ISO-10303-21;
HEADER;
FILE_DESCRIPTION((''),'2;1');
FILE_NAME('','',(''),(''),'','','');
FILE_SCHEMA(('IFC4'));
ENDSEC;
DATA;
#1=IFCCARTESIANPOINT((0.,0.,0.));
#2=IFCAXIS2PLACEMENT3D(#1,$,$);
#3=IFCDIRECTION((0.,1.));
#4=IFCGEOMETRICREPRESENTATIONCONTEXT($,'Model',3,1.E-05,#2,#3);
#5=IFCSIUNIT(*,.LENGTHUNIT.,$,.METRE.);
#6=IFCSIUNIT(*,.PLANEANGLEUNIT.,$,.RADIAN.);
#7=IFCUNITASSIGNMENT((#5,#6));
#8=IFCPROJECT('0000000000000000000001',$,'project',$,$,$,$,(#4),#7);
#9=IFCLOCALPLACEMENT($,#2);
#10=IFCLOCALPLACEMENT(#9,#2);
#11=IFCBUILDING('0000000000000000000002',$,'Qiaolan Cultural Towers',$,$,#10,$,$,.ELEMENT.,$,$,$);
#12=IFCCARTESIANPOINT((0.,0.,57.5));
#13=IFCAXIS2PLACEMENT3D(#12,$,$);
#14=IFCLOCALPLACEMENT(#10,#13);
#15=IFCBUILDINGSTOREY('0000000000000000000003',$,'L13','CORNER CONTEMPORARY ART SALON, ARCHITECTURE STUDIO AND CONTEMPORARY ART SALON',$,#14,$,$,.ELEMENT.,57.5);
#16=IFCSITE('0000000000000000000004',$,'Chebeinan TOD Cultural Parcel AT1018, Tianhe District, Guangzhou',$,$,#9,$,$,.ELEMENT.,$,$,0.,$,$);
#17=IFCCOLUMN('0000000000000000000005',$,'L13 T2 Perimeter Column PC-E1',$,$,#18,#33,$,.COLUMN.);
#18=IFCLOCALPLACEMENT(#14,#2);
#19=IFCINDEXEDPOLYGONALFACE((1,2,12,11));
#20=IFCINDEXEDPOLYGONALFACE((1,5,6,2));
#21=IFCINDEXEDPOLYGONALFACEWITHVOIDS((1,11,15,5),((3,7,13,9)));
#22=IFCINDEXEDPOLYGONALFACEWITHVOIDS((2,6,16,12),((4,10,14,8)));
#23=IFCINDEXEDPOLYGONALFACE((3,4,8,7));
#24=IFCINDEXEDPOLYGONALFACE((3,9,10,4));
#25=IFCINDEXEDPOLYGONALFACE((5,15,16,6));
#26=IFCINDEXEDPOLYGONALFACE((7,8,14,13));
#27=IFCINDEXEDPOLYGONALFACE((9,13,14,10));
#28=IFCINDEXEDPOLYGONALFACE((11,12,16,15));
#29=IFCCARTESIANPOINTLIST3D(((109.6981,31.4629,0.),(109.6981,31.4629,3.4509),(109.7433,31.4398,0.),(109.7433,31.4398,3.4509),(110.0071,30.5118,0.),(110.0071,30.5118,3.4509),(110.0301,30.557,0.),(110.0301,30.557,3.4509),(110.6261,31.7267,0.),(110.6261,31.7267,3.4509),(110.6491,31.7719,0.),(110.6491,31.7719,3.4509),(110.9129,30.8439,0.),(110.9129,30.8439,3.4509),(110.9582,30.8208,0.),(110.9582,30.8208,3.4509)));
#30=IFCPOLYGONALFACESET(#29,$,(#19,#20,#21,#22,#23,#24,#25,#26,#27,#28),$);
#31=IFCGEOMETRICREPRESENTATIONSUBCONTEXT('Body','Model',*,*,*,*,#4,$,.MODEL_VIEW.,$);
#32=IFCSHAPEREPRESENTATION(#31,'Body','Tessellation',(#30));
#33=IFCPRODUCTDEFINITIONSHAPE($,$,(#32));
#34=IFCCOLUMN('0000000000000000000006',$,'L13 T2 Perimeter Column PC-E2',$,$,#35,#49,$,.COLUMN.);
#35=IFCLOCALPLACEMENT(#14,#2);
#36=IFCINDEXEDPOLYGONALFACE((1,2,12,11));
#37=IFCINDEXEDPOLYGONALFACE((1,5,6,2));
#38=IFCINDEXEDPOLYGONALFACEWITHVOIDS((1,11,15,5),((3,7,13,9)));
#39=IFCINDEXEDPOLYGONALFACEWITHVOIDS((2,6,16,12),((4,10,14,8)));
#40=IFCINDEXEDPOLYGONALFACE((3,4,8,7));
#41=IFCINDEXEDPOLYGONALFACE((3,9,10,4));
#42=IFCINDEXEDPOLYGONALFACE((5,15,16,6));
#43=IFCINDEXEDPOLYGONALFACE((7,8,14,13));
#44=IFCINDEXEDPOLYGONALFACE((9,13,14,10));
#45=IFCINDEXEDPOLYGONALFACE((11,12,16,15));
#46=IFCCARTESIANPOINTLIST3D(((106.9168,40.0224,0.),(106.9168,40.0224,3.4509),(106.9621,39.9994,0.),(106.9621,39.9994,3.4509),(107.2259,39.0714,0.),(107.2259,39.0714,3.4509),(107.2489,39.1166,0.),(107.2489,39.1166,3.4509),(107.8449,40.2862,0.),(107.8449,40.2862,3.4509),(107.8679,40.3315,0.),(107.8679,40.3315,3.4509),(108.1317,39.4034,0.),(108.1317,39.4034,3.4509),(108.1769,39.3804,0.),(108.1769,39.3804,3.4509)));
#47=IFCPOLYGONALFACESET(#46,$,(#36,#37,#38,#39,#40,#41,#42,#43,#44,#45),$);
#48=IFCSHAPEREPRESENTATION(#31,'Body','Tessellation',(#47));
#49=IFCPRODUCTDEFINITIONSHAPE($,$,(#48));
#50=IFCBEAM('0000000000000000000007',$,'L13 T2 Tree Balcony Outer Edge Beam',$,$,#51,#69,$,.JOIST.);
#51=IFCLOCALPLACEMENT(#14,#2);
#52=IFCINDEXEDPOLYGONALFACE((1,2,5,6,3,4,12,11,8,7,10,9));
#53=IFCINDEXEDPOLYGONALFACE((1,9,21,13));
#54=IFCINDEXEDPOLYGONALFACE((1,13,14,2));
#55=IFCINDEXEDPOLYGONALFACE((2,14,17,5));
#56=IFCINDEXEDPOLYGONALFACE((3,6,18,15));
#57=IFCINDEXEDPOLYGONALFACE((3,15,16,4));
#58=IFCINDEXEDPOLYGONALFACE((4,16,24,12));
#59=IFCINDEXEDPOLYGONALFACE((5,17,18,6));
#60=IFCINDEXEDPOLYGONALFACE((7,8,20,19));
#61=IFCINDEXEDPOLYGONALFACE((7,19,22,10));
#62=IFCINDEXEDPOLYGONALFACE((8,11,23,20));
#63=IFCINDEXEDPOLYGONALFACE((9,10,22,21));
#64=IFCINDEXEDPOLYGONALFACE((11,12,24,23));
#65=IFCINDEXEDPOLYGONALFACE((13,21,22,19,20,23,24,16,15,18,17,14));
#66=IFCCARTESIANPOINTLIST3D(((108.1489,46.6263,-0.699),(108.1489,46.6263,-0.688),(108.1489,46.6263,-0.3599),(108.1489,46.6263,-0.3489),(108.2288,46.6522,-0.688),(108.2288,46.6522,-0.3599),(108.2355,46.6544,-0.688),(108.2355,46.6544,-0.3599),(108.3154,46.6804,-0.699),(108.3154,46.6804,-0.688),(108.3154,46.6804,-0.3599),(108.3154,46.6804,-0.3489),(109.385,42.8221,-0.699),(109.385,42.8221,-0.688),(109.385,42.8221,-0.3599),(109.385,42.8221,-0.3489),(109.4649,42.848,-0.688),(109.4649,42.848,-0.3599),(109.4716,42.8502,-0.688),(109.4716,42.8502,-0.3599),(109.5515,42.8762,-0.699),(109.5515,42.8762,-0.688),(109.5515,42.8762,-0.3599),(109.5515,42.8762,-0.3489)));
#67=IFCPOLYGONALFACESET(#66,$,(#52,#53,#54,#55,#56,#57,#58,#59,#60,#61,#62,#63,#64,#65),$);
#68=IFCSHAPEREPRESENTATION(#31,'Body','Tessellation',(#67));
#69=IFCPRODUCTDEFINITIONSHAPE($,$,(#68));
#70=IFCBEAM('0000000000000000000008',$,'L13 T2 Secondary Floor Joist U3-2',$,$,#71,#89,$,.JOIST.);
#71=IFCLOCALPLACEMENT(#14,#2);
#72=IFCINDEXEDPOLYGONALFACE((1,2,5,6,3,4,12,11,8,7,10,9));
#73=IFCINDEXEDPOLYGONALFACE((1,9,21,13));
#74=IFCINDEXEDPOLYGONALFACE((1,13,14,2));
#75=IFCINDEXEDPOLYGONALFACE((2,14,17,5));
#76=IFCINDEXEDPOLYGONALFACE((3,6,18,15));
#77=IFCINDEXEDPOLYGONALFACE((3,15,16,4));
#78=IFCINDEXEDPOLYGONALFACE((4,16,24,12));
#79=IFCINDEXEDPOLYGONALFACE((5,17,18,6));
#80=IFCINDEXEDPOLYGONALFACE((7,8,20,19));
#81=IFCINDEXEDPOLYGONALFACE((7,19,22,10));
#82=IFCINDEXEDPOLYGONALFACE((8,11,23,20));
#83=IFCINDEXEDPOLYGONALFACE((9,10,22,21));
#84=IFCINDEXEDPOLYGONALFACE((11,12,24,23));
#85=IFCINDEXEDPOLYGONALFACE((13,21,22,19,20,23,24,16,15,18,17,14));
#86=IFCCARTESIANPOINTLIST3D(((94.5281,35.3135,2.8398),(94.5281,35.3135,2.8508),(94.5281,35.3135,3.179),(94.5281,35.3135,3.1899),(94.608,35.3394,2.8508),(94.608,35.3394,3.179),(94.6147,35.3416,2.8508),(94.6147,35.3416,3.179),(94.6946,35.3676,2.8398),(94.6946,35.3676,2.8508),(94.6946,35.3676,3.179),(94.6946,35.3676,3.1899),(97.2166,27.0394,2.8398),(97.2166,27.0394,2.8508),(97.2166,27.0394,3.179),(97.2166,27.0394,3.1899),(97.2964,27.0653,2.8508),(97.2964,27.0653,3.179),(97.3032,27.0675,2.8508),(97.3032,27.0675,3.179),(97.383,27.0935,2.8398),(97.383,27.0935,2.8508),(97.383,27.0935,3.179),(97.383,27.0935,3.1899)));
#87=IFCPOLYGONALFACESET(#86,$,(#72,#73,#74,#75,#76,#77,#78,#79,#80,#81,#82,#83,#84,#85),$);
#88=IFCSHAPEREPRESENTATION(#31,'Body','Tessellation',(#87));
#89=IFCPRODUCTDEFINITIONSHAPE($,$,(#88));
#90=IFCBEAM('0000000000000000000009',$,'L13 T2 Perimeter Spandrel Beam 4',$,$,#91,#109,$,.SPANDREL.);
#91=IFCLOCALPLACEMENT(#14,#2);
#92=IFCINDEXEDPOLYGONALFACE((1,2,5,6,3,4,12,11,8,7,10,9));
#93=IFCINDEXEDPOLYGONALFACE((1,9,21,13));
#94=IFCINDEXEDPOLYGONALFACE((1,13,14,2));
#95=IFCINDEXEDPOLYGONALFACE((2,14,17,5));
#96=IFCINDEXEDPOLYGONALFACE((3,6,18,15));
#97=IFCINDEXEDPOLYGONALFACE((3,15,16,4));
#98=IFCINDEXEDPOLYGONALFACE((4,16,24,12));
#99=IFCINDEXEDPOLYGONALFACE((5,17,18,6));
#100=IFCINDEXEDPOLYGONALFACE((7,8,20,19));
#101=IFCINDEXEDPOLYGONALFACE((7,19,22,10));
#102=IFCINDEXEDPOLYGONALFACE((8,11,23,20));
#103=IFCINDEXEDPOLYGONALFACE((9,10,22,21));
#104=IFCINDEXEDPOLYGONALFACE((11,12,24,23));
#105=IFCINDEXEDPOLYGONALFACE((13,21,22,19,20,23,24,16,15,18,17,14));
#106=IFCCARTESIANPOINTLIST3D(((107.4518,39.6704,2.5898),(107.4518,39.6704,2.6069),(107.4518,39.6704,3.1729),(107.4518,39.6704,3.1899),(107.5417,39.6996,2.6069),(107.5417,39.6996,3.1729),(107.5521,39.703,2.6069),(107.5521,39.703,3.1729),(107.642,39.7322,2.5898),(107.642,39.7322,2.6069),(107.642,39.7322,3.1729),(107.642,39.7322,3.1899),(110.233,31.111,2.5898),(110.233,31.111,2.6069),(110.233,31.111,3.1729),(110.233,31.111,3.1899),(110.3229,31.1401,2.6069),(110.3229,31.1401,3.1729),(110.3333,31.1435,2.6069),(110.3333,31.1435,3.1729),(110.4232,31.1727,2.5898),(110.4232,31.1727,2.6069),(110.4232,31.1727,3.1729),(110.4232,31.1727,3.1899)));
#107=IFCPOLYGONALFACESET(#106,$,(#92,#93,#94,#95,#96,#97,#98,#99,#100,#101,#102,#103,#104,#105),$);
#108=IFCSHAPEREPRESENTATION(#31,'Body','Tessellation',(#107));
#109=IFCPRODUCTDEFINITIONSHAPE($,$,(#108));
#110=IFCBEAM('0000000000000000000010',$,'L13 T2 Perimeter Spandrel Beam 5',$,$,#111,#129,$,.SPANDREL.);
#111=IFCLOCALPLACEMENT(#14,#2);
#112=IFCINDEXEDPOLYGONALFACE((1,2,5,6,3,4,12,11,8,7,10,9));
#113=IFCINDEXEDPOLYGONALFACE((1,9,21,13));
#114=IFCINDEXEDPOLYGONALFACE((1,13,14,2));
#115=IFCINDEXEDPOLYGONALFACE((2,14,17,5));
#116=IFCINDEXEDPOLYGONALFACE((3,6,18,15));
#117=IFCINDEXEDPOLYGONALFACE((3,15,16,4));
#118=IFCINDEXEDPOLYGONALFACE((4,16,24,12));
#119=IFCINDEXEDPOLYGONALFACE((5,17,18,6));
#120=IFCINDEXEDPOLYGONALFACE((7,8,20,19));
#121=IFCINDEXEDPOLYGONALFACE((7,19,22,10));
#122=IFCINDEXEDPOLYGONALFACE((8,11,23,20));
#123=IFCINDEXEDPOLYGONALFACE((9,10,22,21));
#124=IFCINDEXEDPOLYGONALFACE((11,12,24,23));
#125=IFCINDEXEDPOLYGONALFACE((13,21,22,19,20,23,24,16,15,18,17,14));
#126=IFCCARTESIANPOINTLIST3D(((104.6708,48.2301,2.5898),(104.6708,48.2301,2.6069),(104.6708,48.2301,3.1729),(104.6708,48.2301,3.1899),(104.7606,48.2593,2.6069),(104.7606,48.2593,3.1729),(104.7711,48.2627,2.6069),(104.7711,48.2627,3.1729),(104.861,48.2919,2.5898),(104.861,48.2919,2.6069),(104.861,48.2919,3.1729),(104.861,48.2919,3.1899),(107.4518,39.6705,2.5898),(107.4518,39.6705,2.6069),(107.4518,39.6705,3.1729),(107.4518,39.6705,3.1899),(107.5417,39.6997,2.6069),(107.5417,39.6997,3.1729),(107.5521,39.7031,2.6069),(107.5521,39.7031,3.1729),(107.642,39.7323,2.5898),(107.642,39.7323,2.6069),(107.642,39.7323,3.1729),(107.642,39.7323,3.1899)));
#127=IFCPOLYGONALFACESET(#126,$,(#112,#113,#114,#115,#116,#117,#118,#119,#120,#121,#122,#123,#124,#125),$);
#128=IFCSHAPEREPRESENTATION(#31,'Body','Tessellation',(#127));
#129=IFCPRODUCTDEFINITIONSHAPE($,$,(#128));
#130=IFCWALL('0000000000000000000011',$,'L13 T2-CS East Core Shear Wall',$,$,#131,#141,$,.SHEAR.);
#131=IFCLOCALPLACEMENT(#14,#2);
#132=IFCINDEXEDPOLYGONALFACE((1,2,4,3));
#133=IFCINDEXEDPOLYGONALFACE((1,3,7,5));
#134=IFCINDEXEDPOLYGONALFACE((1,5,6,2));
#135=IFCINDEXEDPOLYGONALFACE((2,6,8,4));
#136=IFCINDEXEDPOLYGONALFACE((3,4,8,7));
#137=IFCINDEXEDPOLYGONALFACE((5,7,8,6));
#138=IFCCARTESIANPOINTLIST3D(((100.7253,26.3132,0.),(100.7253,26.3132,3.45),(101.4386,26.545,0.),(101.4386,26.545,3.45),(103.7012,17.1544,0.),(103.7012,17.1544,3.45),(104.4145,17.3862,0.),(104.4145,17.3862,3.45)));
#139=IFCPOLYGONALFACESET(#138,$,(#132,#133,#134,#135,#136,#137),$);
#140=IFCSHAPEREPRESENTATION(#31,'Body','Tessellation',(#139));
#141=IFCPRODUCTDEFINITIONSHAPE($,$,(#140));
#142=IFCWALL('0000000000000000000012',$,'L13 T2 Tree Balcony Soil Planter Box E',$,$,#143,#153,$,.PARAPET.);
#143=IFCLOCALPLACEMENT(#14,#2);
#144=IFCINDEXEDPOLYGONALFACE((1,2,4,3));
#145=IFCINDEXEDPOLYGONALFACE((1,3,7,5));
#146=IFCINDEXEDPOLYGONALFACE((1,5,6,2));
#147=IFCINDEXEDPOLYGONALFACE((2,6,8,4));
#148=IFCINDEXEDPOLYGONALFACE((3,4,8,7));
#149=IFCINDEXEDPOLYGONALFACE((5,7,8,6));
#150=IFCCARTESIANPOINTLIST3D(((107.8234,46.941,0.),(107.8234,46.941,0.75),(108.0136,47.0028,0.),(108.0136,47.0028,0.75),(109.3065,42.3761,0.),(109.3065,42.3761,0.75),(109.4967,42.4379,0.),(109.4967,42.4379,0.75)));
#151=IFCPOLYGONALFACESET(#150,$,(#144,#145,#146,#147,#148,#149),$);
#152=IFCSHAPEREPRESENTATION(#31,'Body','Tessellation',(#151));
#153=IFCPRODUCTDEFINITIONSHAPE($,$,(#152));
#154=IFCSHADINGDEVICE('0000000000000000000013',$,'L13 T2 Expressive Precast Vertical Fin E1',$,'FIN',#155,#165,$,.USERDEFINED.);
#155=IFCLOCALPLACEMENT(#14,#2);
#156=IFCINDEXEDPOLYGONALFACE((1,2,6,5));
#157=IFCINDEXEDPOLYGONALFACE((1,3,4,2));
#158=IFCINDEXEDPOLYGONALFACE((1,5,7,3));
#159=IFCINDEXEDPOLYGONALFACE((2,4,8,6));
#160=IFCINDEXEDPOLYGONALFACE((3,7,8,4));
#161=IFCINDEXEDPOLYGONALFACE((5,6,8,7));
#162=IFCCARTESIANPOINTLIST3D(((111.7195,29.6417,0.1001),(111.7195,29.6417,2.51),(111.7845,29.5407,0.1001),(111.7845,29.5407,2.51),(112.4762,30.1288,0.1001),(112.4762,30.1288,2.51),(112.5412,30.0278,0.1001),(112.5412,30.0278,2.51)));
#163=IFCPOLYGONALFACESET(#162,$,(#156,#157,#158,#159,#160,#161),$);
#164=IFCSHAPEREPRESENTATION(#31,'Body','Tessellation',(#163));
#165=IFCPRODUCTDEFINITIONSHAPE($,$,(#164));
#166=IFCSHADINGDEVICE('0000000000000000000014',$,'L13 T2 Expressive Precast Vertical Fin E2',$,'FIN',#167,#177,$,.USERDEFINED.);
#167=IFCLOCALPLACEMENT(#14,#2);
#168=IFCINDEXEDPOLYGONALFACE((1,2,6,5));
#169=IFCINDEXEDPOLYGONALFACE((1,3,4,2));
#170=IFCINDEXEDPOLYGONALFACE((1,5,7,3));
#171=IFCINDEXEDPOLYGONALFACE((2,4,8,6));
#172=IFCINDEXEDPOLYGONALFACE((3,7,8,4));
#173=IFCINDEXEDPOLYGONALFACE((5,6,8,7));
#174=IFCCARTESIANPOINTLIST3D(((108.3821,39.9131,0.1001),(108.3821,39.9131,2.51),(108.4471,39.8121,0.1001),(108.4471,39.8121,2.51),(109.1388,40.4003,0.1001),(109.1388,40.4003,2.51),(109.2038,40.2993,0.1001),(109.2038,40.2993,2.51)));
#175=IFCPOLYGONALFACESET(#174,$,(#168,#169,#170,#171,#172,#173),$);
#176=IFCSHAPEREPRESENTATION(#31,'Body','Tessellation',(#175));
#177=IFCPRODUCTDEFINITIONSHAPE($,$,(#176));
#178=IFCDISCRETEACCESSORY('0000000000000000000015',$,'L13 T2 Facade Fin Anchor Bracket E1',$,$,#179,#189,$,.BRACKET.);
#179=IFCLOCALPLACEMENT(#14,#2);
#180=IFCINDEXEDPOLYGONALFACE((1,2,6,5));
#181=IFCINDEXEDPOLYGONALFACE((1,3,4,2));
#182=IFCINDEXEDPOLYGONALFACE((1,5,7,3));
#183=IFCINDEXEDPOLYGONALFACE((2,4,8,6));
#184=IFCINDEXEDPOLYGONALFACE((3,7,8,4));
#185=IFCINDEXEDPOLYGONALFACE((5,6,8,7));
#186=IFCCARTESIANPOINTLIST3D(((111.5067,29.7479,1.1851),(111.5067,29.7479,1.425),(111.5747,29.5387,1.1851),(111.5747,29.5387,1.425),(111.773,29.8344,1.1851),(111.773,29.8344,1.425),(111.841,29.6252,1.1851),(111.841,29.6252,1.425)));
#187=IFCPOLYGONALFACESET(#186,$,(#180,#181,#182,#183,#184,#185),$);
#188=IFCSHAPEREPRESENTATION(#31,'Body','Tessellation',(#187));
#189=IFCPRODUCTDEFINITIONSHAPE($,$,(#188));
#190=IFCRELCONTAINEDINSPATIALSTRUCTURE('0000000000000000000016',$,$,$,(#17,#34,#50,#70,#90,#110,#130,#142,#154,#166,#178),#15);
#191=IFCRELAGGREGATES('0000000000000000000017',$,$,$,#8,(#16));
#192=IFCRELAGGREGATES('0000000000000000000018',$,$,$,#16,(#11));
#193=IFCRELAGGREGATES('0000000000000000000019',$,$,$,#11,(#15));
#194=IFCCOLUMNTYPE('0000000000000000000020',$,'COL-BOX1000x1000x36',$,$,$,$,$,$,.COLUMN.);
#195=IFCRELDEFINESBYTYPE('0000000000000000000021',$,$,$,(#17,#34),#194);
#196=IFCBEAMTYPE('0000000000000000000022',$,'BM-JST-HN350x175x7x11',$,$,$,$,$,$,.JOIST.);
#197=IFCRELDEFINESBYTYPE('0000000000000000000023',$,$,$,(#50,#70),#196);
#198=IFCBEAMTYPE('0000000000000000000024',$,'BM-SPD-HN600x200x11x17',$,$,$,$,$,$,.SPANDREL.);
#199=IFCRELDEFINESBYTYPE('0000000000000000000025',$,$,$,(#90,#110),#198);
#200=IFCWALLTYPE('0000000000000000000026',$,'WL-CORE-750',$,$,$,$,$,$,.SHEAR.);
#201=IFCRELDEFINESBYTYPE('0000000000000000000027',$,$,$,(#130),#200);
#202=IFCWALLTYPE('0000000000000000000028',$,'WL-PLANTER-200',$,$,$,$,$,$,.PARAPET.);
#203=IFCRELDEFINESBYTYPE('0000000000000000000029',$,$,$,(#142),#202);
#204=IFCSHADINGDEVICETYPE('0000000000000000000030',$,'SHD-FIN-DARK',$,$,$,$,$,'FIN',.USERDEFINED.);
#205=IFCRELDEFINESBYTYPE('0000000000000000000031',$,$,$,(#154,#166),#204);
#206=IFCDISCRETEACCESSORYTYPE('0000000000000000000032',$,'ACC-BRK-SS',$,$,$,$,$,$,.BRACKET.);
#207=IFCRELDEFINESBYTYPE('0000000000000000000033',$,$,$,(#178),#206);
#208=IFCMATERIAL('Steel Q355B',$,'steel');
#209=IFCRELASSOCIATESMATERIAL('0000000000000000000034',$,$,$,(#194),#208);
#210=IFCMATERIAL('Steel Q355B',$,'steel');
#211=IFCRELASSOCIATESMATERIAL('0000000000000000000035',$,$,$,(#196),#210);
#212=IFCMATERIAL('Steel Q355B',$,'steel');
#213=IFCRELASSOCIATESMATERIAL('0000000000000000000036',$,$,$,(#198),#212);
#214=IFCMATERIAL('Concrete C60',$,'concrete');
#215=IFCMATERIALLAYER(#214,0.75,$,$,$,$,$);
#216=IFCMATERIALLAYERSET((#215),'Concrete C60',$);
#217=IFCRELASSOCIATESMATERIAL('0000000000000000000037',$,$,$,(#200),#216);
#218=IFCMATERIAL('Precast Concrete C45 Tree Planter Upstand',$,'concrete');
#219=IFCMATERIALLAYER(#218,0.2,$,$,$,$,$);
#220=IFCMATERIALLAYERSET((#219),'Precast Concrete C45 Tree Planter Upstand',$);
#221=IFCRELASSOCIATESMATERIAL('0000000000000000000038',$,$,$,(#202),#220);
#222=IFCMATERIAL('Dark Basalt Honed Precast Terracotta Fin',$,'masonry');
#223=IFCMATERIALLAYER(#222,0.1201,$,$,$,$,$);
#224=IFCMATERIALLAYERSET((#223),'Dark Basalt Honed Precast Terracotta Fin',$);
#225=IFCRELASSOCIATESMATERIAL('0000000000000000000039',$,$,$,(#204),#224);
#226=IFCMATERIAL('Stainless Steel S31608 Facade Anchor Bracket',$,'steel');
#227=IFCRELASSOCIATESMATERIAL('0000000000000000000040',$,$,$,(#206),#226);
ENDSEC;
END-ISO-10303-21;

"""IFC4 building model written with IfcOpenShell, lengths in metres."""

from ifc_helpers import new_model, si_unit, direction, frame, frame_2d, origin, origin_2d, place, context, subcontext, project, spatial, rectangle, hollow_rectangle, i_section, extrude, material, layer, layer_set, material_profile, profile_set, type_object, element, save


model = new_model("IFC4")

# Units and contexts
model_context = context("Model", 3, precision=1e-05, world=origin(), true_north=direction((0.0, 1.0)))
body_context = subcontext(model_context, "Body", "Model", "MODEL_VIEW")
ifc_project = project(units=[si_unit("LENGTHUNIT", "METRE"), si_unit("PLANEANGLEUNIT", "RADIAN")], contexts=[model_context])

# Site, building, storey
site_placement = place(None, origin())
site = spatial("IfcSite", under=ifc_project, at=site_placement, Name="Chebeinan TOD Cultural Parcel AT1018, Tianhe District, Guangzhou", CompositionType="ELEMENT", RefElevation=0.0)
building_placement = place(site_placement, origin())
building = spatial("IfcBuilding", under=site, at=building_placement, Name="Qiaolan Cultural Towers", CompositionType="ELEMENT")
storey_placement = place(building_placement, frame((0.0, 0.0, 57.5)))
storey = spatial("IfcBuildingStorey", under=building, at=storey_placement, Name="L13", Description="CORNER CONTEMPORARY ART SALON, ARCHITECTURE STUDIO AND CONTEMPORARY ART SALON", CompositionType="ELEMENT", Elevation=57.5)

# Columns
ifc_material_1 = material(Name="Steel Q355B", Category="steel")
ifc_material_profile_1 = material_profile(ifc_material_1, hollow_rectangle(XDim=1.0, YDim=1.0, WallThickness=0.0359, at=origin_2d()), Name="BOX1000x1000x36")
ifc_profile_set_1 = profile_set([ifc_material_profile_1], Name="Steel Q355B")
column_type = type_object("IfcColumnType", Name="COL-BOX1000x1000x36", PredefinedType="COLUMN", material=ifc_profile_set_1)
for number, where, z_axis, x_axis, name in (
    (1, (110.3281, 31.1418, 0.0), (0.0, 0.0, 1.0), (0.951057, 0.309017, 0.0), "L13 T2 Perimeter Column PC-E1"),
    (2, (107.5469, 39.7014, 0.0), (0.0, 0.0, 1.0), (0.951057, 0.309017, 0.0), "L13 T2 Perimeter Column PC-E2"),
):
    element("IfcColumn", number, at=place(storey_placement, frame(where, z_axis=z_axis, x_axis=x_axis)), inside=storey, type_object=column_type, Name=name, PredefinedType="COLUMN", context=body_context, shape_type="SweptSolid", body=[
        extrude(hollow_rectangle(XDim=1.0, YDim=1.0, WallThickness=0.0359, at=origin_2d()), origin(), (0.0, 0.0, 1.0), 3.4509),
    ])

# Beams
ifc_material_2 = material(Name="Steel Q355B", Category="steel")
ifc_material_profile_2 = material_profile(ifc_material_2, i_section(OverallWidth=0.175, OverallDepth=0.3501, WebThickness=0.0071, FlangeThickness=0.011, at=origin_2d()), Name="HN350x175x7x11")
ifc_profile_set_2 = profile_set([ifc_material_profile_2], Name="Steel Q355B")
beam_type_1 = type_object("IfcBeamType", Name="BM-JST-HN350x175x7x11", PredefinedType="JOIST", material=ifc_profile_set_2)
beam_1_placement = place(storey_placement, frame((109.4683, 42.8491, -0.5239), z_axis=(-0.309023, 0.951055, 0.0), x_axis=(-0.951055, -0.309023, 0.0)))
element("IfcBeam", 3, at=beam_1_placement, inside=storey, type_object=beam_type_1, Name="L13 T2 Tree Balcony Outer Edge Beam", PredefinedType="JOIST", context=body_context, shape_type="SweptSolid", body=[
    extrude(i_section(OverallWidth=0.175, OverallDepth=0.3501, WebThickness=0.0071, FlangeThickness=0.011, at=origin_2d()), origin(), (0.0, 0.0, 1.0), 4.0),
])
beam_2_placement = place(storey_placement, frame((97.2998, 27.0664, 3.0149), z_axis=(-0.309021, 0.951055, 0.0), x_axis=(-0.951055, -0.309021, 0.0)))
element("IfcBeam", 4, at=beam_2_placement, inside=storey, type_object=beam_type_1, Name="L13 T2 Secondary Floor Joist U3-2", PredefinedType="JOIST", context=body_context, shape_type="SweptSolid", body=[
    extrude(i_section(OverallWidth=0.175, OverallDepth=0.3501, WebThickness=0.0071, FlangeThickness=0.011, at=origin_2d()), origin(), (0.0, 0.0, 1.0), 8.7),
])
ifc_material_3 = material(Name="Steel Q355B", Category="steel")
ifc_material_profile_3 = material_profile(ifc_material_3, i_section(OverallWidth=0.2, OverallDepth=0.6001, WebThickness=0.011, FlangeThickness=0.0171, at=origin_2d()), Name="HN600x200x11x17")
ifc_profile_set_3 = profile_set([ifc_material_profile_3], Name="Steel Q355B")
beam_type_2 = type_object("IfcBeamType", Name="BM-SPD-HN600x200x11x17", PredefinedType="SPANDREL", material=ifc_profile_set_3)
for number, where, z_axis, x_axis, name in (
    (5, (110.3281, 31.1418, 2.8899), (-0.309025, 0.951054, 0.0), (-0.951054, -0.309025, 0.0), "L13 T2 Perimeter Spandrel Beam 4"),
    (6, (107.5469, 39.7014, 2.8899), (-0.309, 0.951062, 0.0), (-0.951062, -0.309, 0.0), "L13 T2 Perimeter Spandrel Beam 5"),
):
    element("IfcBeam", number, at=place(storey_placement, frame(where, z_axis=z_axis, x_axis=x_axis)), inside=storey, type_object=beam_type_2, Name=name, PredefinedType="SPANDREL", context=body_context, shape_type="SweptSolid", body=[
        extrude(i_section(OverallWidth=0.2, OverallDepth=0.6001, WebThickness=0.011, FlangeThickness=0.0171, at=origin_2d()), origin(), (0.0, 0.0, 1.0), 9.0),
    ])

# Walls
ifc_material_4 = material(Name="Concrete C60", Category="concrete")
ifc_layer_1 = layer(ifc_material_4, 0.75)
ifc_layer_set_1 = layer_set([ifc_layer_1], Name="Concrete C60")
wall_type_1 = type_object("IfcWallType", Name="WL-CORE-750", PredefinedType="SHEAR", material=ifc_layer_set_1)
wall_1_placement = place(storey_placement, frame((101.082, 26.429, 0.0), z_axis=(0.0, 0.0, 1.0), x_axis=(0.309016, -0.951057, 0.0)))
element("IfcWall", 7, at=wall_1_placement, inside=storey, type_object=wall_type_1, Name="L13 T2-CS East Core Shear Wall", PredefinedType="SHEAR", context=body_context, shape_type="SweptSolid", body=[
    extrude(rectangle(XDim=9.6301, YDim=0.75, at=frame_2d((4.8149, 0.0))), origin(), (0.0, 0.0, 1.0), 3.45),
])
ifc_material_5 = material(Name="Precast Concrete C45 Tree Planter Upstand", Category="concrete")
ifc_layer_2 = layer(ifc_material_5, 0.2)
ifc_layer_set_2 = layer_set([ifc_layer_2], Name="Precast Concrete C45 Tree Planter Upstand")
wall_type_2 = type_object("IfcWallType", Name="WL-PLANTER-200", PredefinedType="PARAPET", material=ifc_layer_set_2)
wall_2_placement = place(storey_placement, frame((109.4016, 42.407, 0.0), z_axis=(0.0, 0.0, 1.0), x_axis=(-0.309001, 0.951062, 0.0)))
element("IfcWall", 8, at=wall_2_placement, inside=storey, type_object=wall_type_2, Name="L13 T2 Tree Balcony Soil Planter Box E", PredefinedType="PARAPET", context=body_context, shape_type="SweptSolid", body=[
    extrude(rectangle(XDim=4.7998, YDim=0.2, at=frame_2d((2.3999, 0.0))), origin(), (0.0, 0.0, 1.0), 0.75),
])

# Shading devices
ifc_material_6 = material(Name="Dark Basalt Honed Precast Terracotta Fin", Category="masonry")
ifc_layer_3 = layer(ifc_material_6, 0.1201)
ifc_layer_set_3 = layer_set([ifc_layer_3], Name="Dark Basalt Honed Precast Terracotta Fin")
shading_device_type = type_object("IfcShadingDeviceType", Name="SHD-FIN-DARK", ElementType="FIN", PredefinedType="USERDEFINED", material=ifc_layer_set_3)
for number, where, z_axis, x_axis, name in (
    (9, (112.1304, 29.8347, 0.1001), (0.0, 0.0, 1.0), (0.84083, 0.541299, 0.0), "L13 T2 Expressive Precast Vertical Fin E1"),
    (10, (108.793, 40.1062, 0.1001), (0.0, 0.0, 1.0), (0.84083, 0.541299, 0.0), "L13 T2 Expressive Precast Vertical Fin E2"),
):
    element("IfcShadingDevice", number, at=place(storey_placement, frame(where, z_axis=z_axis, x_axis=x_axis)), inside=storey, type_object=shading_device_type, Name=name, ObjectType="FIN", PredefinedType="USERDEFINED", context=body_context, shape_type="SweptSolid", body=[
        extrude(rectangle(XDim=0.8999, YDim=0.1201, at=origin_2d()), origin(), (0.0, 0.0, 1.0), 2.4099),
    ])

# Discrete accessory
ifc_material_7 = material(Name="Stainless Steel S31608 Facade Anchor Bracket", Category="steel")
discrete_accessory_type = type_object("IfcDiscreteAccessoryType", Name="ACC-BRK-SS", PredefinedType="BRACKET", material=ifc_material_7)
for number, where, z_axis, x_axis, name in (
    (11, (111.6738, 29.6865, 1.1851), (0.0, 0.0, 1.0), (0.951057, 0.309017, 0.0), "L13 T2 Facade Fin Anchor Bracket E1"),
):
    element("IfcDiscreteAccessory", number, at=place(storey_placement, frame(where, z_axis=z_axis, x_axis=x_axis)), inside=storey, type_object=discrete_accessory_type, Name=name, PredefinedType="BRACKET", context=body_context, shape_type="SweptSolid", body=[
        extrude(rectangle(XDim=0.28, YDim=0.22, at=origin_2d()), origin(), (0.0, 0.0, 1.0), 0.24),
    ])

save(model, "model.ifc")
